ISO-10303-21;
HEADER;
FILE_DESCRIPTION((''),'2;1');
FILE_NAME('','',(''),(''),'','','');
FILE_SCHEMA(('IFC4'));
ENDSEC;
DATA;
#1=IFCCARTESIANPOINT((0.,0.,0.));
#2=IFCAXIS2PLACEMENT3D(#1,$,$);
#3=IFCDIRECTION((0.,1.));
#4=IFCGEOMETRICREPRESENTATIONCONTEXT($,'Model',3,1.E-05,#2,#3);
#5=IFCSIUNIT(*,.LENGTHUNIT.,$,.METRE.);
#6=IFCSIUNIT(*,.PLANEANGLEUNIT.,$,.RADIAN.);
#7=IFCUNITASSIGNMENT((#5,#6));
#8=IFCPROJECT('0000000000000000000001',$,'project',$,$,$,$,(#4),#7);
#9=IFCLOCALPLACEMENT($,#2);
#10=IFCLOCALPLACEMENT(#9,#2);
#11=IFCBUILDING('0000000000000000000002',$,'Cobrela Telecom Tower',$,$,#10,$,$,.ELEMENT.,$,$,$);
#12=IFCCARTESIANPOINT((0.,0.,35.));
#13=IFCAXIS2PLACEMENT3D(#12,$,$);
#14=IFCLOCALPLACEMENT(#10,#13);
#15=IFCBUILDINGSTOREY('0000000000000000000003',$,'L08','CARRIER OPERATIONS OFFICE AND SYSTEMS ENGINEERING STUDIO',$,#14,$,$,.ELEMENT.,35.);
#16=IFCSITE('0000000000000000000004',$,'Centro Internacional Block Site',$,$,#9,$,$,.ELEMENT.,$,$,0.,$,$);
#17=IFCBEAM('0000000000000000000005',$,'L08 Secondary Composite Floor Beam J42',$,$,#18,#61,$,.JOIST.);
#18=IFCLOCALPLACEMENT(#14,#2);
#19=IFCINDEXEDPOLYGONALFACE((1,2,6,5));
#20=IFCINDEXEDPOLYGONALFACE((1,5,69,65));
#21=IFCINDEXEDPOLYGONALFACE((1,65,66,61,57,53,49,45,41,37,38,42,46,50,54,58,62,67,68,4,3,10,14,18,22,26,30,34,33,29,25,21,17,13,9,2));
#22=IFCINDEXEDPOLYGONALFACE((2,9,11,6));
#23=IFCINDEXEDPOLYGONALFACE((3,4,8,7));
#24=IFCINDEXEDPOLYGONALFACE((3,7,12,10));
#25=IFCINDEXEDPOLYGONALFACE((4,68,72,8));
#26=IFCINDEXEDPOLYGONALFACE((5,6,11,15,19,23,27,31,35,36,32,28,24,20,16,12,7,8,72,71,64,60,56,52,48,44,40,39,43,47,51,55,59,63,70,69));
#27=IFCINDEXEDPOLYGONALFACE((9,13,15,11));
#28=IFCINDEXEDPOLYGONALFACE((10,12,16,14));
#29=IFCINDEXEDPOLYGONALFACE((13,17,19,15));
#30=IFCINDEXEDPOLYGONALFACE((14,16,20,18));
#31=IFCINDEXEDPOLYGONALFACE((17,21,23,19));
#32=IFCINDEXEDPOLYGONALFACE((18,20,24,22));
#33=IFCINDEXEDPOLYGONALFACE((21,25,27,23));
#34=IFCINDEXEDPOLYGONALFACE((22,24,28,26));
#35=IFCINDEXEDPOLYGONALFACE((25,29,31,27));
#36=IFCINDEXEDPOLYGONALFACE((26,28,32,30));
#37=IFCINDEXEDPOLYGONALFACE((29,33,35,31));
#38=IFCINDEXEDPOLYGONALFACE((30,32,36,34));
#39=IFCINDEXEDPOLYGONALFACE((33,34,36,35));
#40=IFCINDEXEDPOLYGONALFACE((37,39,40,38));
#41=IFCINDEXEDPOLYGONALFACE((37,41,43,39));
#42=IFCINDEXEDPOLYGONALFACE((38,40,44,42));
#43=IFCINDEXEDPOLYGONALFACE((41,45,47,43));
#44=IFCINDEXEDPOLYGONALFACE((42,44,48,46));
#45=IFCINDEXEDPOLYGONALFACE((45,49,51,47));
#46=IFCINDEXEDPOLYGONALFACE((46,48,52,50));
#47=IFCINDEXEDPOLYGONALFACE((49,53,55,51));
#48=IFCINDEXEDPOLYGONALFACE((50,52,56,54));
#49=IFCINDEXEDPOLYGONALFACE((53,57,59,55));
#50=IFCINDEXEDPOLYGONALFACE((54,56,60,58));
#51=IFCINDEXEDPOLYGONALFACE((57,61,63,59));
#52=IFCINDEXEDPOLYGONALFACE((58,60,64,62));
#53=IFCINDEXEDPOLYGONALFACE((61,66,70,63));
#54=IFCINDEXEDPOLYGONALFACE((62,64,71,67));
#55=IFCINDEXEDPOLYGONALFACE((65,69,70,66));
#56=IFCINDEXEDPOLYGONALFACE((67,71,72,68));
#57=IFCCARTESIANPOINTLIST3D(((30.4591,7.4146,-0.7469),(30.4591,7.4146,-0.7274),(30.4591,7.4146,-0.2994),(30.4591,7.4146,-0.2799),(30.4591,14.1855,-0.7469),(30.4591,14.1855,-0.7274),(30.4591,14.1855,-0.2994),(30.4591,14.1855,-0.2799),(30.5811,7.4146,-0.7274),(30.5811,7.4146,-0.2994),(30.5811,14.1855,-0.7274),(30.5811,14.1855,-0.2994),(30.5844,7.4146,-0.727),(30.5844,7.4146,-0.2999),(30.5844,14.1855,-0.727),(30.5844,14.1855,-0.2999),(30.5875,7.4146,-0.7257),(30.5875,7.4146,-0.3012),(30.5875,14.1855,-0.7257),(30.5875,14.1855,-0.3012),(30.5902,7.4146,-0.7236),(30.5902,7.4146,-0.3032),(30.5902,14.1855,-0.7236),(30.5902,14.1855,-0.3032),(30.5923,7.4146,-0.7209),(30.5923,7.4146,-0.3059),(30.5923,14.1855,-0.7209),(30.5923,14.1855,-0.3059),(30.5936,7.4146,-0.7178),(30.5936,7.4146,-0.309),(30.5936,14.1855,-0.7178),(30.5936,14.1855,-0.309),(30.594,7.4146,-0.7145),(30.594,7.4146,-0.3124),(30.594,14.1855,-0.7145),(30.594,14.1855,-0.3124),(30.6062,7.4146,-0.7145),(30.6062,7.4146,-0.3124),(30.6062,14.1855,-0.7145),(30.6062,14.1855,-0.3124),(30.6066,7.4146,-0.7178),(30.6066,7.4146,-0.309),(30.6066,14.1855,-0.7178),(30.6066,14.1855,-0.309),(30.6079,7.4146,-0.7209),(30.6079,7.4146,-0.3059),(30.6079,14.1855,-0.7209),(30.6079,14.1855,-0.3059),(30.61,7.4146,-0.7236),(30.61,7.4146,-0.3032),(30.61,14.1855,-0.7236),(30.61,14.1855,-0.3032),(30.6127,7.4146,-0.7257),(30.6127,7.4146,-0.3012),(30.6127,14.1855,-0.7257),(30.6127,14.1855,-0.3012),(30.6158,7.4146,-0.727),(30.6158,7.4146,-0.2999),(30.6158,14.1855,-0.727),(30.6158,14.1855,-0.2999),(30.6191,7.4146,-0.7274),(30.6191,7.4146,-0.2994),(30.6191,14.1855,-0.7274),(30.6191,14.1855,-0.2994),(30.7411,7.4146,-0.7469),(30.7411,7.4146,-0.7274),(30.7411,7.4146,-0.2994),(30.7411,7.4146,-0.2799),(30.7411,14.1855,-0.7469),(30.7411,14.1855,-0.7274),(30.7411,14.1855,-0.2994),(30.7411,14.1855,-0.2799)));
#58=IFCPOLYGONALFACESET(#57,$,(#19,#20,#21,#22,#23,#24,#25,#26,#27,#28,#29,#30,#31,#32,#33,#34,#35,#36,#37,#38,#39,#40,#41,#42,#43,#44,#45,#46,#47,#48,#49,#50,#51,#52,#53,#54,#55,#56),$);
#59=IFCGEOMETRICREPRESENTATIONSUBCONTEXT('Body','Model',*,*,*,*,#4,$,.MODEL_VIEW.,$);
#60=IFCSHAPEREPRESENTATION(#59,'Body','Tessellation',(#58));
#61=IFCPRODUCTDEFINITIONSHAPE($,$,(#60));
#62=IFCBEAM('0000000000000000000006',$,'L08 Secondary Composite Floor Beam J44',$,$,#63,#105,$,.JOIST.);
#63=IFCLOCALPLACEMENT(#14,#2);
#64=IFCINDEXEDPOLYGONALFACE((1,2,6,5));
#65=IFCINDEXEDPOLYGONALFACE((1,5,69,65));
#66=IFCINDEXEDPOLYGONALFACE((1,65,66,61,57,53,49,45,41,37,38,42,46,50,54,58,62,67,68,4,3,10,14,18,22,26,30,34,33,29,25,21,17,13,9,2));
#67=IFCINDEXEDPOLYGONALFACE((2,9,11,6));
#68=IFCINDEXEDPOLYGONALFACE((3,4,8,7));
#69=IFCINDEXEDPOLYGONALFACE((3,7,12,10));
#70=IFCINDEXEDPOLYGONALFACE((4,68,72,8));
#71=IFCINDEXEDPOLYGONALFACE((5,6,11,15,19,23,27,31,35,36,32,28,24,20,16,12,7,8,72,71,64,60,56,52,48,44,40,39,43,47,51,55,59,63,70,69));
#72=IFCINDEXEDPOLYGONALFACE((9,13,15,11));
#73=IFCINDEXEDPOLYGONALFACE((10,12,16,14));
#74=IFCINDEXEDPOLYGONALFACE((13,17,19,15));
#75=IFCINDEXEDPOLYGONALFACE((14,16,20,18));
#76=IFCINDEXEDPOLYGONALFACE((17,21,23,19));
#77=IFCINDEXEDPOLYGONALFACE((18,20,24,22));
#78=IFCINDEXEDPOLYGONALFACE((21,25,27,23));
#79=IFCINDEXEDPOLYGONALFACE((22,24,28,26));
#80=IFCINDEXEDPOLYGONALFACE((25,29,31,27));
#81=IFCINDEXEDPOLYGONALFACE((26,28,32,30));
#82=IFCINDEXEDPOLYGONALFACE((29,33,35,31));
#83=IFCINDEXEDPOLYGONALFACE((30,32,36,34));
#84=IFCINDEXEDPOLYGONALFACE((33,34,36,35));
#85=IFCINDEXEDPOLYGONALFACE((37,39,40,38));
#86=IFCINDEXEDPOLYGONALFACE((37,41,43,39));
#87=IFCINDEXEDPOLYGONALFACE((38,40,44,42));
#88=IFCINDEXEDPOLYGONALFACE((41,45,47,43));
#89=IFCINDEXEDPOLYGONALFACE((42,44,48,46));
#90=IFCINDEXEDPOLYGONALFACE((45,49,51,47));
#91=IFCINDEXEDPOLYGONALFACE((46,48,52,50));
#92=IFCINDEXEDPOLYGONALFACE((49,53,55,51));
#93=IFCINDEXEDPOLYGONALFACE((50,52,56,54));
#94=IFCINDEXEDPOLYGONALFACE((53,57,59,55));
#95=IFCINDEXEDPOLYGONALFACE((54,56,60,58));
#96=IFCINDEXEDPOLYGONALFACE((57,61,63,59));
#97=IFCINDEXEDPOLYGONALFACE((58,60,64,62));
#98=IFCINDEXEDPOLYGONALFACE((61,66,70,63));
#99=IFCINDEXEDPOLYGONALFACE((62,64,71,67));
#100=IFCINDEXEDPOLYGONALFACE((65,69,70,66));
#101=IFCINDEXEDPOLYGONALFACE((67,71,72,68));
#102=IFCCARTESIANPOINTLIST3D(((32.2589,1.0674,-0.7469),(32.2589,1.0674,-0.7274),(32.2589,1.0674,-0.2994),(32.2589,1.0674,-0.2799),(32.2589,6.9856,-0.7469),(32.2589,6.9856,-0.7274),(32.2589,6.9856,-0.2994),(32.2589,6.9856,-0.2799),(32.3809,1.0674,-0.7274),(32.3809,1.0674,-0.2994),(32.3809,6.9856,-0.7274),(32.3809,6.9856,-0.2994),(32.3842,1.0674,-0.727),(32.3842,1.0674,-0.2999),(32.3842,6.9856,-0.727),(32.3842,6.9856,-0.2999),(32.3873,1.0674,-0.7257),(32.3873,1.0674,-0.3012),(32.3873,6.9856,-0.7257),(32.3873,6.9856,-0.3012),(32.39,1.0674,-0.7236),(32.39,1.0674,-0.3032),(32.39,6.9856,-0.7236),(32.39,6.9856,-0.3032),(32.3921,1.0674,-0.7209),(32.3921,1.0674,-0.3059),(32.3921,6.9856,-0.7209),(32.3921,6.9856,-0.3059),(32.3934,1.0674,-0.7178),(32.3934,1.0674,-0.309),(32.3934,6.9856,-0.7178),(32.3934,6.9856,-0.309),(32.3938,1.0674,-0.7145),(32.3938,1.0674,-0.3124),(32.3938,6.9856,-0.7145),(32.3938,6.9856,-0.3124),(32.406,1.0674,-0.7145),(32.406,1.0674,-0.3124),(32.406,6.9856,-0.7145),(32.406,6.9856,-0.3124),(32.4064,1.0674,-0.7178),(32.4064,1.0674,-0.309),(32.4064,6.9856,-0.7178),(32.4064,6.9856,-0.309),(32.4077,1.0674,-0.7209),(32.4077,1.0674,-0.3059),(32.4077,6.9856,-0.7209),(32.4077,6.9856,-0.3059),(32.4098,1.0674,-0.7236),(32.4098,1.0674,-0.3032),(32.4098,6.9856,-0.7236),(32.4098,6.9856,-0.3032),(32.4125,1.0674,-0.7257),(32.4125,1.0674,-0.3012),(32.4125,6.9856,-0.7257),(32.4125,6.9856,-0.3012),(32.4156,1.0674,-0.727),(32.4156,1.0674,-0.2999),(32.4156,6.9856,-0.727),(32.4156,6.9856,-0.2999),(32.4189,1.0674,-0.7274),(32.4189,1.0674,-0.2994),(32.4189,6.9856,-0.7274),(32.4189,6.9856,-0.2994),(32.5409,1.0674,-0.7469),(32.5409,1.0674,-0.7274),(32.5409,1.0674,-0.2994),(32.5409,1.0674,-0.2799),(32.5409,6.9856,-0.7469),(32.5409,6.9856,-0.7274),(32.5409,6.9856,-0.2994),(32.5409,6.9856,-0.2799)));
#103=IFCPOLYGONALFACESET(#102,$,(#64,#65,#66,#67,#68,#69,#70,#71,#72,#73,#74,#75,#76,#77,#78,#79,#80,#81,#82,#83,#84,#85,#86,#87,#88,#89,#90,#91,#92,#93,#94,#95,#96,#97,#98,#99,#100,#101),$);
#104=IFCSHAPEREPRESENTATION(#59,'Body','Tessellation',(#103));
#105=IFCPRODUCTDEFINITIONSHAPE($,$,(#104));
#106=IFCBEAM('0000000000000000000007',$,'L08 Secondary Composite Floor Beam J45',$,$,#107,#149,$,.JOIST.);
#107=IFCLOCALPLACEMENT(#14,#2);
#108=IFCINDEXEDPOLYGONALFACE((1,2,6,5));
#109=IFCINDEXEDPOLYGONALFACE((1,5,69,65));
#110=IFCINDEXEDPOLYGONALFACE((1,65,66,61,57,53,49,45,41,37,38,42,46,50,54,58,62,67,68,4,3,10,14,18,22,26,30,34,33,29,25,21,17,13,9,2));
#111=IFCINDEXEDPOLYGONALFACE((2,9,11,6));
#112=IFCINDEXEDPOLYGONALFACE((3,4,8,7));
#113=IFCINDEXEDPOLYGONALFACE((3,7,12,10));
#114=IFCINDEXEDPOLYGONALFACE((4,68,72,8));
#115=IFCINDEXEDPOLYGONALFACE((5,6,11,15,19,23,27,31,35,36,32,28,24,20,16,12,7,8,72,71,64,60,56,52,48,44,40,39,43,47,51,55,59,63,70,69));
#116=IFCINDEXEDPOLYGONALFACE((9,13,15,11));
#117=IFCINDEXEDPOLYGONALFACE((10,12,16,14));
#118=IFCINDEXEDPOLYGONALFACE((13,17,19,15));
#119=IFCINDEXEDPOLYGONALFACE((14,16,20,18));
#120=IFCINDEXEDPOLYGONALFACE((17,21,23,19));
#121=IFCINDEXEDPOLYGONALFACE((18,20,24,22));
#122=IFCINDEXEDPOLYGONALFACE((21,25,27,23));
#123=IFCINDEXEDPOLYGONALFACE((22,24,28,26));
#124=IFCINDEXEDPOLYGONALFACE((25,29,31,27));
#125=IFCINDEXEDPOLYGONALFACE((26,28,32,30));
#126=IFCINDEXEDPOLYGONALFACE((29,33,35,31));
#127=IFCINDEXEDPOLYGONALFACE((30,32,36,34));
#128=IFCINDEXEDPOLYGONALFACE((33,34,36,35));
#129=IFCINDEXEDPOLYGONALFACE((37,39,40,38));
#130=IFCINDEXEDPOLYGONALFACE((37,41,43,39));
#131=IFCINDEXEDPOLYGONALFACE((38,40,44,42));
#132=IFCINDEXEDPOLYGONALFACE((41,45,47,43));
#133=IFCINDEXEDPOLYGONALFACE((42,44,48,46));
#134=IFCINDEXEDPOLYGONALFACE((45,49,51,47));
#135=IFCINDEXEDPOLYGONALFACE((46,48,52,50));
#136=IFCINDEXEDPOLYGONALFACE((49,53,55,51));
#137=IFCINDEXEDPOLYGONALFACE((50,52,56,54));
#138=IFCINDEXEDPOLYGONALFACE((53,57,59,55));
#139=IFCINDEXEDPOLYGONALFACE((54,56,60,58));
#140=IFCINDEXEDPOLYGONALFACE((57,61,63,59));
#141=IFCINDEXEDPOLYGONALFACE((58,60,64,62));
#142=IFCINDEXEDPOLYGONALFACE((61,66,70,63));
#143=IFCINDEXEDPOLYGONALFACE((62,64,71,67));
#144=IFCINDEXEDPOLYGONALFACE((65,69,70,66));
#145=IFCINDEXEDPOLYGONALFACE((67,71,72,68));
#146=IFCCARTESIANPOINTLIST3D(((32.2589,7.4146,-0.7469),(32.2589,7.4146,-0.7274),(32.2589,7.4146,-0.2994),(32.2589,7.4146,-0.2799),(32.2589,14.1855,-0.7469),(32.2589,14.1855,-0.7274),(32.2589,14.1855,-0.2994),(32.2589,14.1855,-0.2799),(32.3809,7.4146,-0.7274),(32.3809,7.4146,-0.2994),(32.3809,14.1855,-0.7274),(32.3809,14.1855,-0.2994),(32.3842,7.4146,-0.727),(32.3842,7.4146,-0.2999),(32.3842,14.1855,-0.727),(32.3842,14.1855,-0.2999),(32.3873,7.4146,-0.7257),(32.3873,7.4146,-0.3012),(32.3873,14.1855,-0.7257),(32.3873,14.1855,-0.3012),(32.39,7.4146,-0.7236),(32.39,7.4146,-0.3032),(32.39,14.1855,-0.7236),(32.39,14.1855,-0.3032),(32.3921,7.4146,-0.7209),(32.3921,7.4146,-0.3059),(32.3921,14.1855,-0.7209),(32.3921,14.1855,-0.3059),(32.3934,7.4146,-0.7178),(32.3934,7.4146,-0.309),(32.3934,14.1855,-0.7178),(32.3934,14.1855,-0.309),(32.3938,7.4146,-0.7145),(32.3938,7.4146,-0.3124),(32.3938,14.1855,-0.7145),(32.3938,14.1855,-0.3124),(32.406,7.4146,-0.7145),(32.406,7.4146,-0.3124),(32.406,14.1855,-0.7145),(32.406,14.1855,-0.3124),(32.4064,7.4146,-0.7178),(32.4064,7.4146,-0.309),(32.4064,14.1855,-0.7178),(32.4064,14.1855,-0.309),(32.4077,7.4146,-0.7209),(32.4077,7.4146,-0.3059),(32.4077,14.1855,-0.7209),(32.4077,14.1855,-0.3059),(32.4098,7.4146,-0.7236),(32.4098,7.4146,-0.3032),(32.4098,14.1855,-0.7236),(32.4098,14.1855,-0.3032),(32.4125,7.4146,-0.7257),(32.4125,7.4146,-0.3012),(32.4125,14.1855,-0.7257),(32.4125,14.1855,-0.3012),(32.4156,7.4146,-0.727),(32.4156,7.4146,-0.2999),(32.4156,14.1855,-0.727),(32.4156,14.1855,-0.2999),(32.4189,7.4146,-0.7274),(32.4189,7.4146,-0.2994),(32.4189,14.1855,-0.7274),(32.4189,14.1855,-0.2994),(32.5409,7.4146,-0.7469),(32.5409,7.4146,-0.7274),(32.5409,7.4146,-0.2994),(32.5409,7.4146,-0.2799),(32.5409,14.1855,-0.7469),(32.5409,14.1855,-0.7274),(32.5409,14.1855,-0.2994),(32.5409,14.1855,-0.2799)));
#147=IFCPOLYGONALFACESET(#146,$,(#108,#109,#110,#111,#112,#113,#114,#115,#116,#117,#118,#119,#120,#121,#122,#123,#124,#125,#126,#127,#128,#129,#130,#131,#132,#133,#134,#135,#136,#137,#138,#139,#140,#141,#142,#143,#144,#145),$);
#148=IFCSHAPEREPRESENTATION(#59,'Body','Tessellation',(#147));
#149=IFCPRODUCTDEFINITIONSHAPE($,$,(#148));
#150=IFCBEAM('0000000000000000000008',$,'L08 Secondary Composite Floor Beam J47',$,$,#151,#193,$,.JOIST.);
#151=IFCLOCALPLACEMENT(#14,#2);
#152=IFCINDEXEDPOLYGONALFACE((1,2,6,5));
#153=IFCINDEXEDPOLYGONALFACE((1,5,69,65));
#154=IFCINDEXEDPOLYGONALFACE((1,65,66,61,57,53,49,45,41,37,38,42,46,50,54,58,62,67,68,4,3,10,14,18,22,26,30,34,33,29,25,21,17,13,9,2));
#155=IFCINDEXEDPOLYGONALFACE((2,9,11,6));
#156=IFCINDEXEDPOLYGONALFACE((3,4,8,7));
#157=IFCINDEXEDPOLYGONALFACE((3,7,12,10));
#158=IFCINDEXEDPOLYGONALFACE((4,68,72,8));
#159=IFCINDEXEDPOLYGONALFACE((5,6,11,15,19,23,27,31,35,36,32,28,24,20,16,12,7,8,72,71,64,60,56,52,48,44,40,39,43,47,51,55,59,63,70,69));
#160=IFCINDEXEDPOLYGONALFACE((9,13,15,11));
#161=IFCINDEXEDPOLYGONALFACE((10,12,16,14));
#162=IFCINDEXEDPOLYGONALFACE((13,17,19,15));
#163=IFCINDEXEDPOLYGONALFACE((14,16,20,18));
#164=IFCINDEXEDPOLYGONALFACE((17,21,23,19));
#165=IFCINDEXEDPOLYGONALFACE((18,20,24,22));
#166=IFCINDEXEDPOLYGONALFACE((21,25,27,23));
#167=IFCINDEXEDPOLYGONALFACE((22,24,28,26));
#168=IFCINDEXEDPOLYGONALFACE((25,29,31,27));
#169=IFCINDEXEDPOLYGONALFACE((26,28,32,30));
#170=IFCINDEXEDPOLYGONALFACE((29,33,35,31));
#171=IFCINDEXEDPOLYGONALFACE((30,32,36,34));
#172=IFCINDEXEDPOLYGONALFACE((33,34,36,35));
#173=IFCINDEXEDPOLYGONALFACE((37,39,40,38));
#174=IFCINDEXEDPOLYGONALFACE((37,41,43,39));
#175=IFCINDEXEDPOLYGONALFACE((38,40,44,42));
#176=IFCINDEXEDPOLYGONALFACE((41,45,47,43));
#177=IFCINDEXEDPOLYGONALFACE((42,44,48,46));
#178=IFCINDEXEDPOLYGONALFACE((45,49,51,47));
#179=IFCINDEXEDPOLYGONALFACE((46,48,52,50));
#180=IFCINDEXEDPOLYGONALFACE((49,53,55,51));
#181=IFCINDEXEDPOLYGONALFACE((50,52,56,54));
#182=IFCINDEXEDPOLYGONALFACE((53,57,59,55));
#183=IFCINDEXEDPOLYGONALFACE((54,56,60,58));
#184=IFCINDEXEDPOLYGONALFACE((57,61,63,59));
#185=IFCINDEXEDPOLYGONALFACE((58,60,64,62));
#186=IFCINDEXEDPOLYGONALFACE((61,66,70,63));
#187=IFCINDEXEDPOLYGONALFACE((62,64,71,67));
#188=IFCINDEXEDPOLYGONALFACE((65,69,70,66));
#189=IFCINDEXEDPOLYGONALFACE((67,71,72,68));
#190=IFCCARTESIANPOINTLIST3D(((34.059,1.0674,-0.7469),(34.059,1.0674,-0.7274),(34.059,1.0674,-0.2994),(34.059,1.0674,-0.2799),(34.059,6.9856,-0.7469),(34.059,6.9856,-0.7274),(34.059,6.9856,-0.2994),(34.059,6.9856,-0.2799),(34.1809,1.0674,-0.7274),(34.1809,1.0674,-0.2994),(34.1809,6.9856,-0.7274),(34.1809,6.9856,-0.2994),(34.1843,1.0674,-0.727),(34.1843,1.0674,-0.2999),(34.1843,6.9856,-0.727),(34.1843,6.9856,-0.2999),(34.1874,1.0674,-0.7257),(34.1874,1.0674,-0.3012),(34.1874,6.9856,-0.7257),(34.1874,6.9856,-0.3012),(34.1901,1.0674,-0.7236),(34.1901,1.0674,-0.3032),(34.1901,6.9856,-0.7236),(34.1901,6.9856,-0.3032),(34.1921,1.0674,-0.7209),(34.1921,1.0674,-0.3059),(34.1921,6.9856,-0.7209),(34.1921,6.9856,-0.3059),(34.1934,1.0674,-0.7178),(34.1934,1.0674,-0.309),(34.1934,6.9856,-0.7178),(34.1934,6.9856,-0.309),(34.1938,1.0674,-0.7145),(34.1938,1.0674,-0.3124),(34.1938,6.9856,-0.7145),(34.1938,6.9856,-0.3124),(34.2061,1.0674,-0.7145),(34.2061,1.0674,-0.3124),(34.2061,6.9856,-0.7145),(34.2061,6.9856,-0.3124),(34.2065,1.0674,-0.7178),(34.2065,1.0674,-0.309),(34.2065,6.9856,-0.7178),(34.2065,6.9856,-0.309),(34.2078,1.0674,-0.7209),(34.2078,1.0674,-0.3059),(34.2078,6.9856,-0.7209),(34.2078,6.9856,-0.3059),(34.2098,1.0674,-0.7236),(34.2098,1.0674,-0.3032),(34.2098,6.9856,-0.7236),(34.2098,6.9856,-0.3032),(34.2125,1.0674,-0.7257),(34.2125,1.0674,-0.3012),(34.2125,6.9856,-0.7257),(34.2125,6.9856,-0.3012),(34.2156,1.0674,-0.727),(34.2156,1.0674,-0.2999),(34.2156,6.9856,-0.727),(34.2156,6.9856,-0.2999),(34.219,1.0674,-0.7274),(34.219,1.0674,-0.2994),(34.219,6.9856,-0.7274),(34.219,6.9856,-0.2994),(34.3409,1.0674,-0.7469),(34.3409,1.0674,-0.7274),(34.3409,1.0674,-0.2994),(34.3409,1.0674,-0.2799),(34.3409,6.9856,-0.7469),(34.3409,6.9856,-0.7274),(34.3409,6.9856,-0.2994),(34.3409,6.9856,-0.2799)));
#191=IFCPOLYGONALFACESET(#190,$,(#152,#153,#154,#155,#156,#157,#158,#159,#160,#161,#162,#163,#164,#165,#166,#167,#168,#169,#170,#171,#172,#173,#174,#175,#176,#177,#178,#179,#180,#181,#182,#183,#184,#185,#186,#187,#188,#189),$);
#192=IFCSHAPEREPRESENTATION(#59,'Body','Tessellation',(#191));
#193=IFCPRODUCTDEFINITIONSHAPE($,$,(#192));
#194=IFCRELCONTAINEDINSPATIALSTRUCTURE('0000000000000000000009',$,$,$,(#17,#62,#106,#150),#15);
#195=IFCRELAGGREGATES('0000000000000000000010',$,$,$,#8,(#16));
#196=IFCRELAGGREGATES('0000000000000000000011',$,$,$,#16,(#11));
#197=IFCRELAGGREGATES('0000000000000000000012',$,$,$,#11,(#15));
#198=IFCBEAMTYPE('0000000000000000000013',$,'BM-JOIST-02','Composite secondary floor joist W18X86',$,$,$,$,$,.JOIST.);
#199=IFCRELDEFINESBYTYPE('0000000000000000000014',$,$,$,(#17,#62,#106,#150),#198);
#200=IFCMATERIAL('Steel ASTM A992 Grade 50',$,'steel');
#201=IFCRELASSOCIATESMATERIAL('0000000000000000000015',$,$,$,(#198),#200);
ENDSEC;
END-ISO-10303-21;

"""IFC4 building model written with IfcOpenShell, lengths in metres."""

from ifc_helpers import new_model, si_unit, direction, frame, origin, origin_2d, place, context, subcontext, project, spatial, i_section, extrude, material, material_profile, profile_set, type_object, element, save


model = new_model("IFC4")

# Units and contexts
model_context = context("Model", 3, precision=1e-05, world=origin(), true_north=direction((0.0, 1.0)))
body_context = subcontext(model_context, "Body", "Model", "MODEL_VIEW")
ifc_project = project(units=[si_unit("LENGTHUNIT", "METRE"), si_unit("PLANEANGLEUNIT", "RADIAN")], contexts=[model_context])

# Site, building, storey
site_placement = place(None, origin())
site = spatial("IfcSite", under=ifc_project, at=site_placement, Name="Centro Internacional Block Site", CompositionType="ELEMENT", RefElevation=0.0)
building_placement = place(site_placement, origin())
building = spatial("IfcBuilding", under=site, at=building_placement, Name="Cobrela Telecom Tower", CompositionType="ELEMENT")
storey_placement = place(building_placement, frame((0.0, 0.0, 35.0)))
storey = spatial("IfcBuildingStorey", under=building, at=storey_placement, Name="L08", Description="CARRIER OPERATIONS OFFICE AND SYSTEMS ENGINEERING STUDIO", CompositionType="ELEMENT", Elevation=35.0)

# Shared definitions
ifc_material_1 = material(Name="Steel ASTM A992 Grade 50", Category="steel")

# Beams
ifc_material_profile_1 = material_profile(ifc_material_1, i_section(OverallWidth=0.282, OverallDepth=0.467, WebThickness=0.0122, FlangeThickness=0.0195, FilletRadius=0.0129, at=origin_2d()), Name="W18X86")
ifc_profile_set_1 = profile_set([ifc_material_profile_1], Name="Steel ASTM A992 Grade 50")
beam_type_1 = type_object("IfcBeamType", Name="BM-JOIST-02", Description="Composite secondary floor joist W18X86", PredefinedType="JOIST", material=ifc_profile_set_1)
beam_1_placement = place(storey_placement, frame((30.6001, 7.4146, -0.5134), z_axis=(0.0, 1.0, 0.0), x_axis=(-1.0, 0.0, 0.0)))
element("IfcBeam", 1, at=beam_1_placement, inside=storey, type_object=beam_type_1, Name="L08 Secondary Composite Floor Beam J42", PredefinedType="JOIST", context=body_context, shape_type="SweptSolid", body=[
    extrude(i_section(OverallWidth=0.282, OverallDepth=0.467, WebThickness=0.0122, FlangeThickness=0.0195, FilletRadius=0.0129, at=origin_2d()), origin(), (0.0, 0.0, 1.0), 6.771),
])
beam_2_placement = place(storey_placement, frame((32.3999, 1.0674, -0.5134), z_axis=(0.0, 1.0, 0.0), x_axis=(-1.0, 0.0, 0.0)))
element("IfcBeam", 2, at=beam_2_placement, inside=storey, type_object=beam_type_1, Name="L08 Secondary Composite Floor Beam J44", PredefinedType="JOIST", context=body_context, shape_type="SweptSolid", body=[
    extrude(i_section(OverallWidth=0.282, OverallDepth=0.467, WebThickness=0.0122, FlangeThickness=0.0195, FilletRadius=0.0129, at=origin_2d()), origin(), (0.0, 0.0, 1.0), 5.9182),
])
beam_3_placement = place(storey_placement, frame((32.3999, 7.4146, -0.5134), z_axis=(0.0, 1.0, 0.0), x_axis=(-1.0, 0.0, 0.0)))
element("IfcBeam", 3, at=beam_3_placement, inside=storey, type_object=beam_type_1, Name="L08 Secondary Composite Floor Beam J45", PredefinedType="JOIST", context=body_context, shape_type="SweptSolid", body=[
    extrude(i_section(OverallWidth=0.282, OverallDepth=0.467, WebThickness=0.0122, FlangeThickness=0.0195, FilletRadius=0.0129, at=origin_2d()), origin(), (0.0, 0.0, 1.0), 6.771),
])
beam_4_placement = place(storey_placement, frame((34.2, 1.0674, -0.5134), z_axis=(0.0, 1.0, 0.0), x_axis=(-1.0, 0.0, 0.0)))
element("IfcBeam", 4, at=beam_4_placement, inside=storey, type_object=beam_type_1, Name="L08 Secondary Composite Floor Beam J47", PredefinedType="JOIST", context=body_context, shape_type="SweptSolid", body=[
    extrude(i_section(OverallWidth=0.282, OverallDepth=0.467, WebThickness=0.0122, FlangeThickness=0.0195, FilletRadius=0.0129, at=origin_2d()), origin(), (0.0, 0.0, 1.0), 5.9182),
])

save(model, "model.ifc")
